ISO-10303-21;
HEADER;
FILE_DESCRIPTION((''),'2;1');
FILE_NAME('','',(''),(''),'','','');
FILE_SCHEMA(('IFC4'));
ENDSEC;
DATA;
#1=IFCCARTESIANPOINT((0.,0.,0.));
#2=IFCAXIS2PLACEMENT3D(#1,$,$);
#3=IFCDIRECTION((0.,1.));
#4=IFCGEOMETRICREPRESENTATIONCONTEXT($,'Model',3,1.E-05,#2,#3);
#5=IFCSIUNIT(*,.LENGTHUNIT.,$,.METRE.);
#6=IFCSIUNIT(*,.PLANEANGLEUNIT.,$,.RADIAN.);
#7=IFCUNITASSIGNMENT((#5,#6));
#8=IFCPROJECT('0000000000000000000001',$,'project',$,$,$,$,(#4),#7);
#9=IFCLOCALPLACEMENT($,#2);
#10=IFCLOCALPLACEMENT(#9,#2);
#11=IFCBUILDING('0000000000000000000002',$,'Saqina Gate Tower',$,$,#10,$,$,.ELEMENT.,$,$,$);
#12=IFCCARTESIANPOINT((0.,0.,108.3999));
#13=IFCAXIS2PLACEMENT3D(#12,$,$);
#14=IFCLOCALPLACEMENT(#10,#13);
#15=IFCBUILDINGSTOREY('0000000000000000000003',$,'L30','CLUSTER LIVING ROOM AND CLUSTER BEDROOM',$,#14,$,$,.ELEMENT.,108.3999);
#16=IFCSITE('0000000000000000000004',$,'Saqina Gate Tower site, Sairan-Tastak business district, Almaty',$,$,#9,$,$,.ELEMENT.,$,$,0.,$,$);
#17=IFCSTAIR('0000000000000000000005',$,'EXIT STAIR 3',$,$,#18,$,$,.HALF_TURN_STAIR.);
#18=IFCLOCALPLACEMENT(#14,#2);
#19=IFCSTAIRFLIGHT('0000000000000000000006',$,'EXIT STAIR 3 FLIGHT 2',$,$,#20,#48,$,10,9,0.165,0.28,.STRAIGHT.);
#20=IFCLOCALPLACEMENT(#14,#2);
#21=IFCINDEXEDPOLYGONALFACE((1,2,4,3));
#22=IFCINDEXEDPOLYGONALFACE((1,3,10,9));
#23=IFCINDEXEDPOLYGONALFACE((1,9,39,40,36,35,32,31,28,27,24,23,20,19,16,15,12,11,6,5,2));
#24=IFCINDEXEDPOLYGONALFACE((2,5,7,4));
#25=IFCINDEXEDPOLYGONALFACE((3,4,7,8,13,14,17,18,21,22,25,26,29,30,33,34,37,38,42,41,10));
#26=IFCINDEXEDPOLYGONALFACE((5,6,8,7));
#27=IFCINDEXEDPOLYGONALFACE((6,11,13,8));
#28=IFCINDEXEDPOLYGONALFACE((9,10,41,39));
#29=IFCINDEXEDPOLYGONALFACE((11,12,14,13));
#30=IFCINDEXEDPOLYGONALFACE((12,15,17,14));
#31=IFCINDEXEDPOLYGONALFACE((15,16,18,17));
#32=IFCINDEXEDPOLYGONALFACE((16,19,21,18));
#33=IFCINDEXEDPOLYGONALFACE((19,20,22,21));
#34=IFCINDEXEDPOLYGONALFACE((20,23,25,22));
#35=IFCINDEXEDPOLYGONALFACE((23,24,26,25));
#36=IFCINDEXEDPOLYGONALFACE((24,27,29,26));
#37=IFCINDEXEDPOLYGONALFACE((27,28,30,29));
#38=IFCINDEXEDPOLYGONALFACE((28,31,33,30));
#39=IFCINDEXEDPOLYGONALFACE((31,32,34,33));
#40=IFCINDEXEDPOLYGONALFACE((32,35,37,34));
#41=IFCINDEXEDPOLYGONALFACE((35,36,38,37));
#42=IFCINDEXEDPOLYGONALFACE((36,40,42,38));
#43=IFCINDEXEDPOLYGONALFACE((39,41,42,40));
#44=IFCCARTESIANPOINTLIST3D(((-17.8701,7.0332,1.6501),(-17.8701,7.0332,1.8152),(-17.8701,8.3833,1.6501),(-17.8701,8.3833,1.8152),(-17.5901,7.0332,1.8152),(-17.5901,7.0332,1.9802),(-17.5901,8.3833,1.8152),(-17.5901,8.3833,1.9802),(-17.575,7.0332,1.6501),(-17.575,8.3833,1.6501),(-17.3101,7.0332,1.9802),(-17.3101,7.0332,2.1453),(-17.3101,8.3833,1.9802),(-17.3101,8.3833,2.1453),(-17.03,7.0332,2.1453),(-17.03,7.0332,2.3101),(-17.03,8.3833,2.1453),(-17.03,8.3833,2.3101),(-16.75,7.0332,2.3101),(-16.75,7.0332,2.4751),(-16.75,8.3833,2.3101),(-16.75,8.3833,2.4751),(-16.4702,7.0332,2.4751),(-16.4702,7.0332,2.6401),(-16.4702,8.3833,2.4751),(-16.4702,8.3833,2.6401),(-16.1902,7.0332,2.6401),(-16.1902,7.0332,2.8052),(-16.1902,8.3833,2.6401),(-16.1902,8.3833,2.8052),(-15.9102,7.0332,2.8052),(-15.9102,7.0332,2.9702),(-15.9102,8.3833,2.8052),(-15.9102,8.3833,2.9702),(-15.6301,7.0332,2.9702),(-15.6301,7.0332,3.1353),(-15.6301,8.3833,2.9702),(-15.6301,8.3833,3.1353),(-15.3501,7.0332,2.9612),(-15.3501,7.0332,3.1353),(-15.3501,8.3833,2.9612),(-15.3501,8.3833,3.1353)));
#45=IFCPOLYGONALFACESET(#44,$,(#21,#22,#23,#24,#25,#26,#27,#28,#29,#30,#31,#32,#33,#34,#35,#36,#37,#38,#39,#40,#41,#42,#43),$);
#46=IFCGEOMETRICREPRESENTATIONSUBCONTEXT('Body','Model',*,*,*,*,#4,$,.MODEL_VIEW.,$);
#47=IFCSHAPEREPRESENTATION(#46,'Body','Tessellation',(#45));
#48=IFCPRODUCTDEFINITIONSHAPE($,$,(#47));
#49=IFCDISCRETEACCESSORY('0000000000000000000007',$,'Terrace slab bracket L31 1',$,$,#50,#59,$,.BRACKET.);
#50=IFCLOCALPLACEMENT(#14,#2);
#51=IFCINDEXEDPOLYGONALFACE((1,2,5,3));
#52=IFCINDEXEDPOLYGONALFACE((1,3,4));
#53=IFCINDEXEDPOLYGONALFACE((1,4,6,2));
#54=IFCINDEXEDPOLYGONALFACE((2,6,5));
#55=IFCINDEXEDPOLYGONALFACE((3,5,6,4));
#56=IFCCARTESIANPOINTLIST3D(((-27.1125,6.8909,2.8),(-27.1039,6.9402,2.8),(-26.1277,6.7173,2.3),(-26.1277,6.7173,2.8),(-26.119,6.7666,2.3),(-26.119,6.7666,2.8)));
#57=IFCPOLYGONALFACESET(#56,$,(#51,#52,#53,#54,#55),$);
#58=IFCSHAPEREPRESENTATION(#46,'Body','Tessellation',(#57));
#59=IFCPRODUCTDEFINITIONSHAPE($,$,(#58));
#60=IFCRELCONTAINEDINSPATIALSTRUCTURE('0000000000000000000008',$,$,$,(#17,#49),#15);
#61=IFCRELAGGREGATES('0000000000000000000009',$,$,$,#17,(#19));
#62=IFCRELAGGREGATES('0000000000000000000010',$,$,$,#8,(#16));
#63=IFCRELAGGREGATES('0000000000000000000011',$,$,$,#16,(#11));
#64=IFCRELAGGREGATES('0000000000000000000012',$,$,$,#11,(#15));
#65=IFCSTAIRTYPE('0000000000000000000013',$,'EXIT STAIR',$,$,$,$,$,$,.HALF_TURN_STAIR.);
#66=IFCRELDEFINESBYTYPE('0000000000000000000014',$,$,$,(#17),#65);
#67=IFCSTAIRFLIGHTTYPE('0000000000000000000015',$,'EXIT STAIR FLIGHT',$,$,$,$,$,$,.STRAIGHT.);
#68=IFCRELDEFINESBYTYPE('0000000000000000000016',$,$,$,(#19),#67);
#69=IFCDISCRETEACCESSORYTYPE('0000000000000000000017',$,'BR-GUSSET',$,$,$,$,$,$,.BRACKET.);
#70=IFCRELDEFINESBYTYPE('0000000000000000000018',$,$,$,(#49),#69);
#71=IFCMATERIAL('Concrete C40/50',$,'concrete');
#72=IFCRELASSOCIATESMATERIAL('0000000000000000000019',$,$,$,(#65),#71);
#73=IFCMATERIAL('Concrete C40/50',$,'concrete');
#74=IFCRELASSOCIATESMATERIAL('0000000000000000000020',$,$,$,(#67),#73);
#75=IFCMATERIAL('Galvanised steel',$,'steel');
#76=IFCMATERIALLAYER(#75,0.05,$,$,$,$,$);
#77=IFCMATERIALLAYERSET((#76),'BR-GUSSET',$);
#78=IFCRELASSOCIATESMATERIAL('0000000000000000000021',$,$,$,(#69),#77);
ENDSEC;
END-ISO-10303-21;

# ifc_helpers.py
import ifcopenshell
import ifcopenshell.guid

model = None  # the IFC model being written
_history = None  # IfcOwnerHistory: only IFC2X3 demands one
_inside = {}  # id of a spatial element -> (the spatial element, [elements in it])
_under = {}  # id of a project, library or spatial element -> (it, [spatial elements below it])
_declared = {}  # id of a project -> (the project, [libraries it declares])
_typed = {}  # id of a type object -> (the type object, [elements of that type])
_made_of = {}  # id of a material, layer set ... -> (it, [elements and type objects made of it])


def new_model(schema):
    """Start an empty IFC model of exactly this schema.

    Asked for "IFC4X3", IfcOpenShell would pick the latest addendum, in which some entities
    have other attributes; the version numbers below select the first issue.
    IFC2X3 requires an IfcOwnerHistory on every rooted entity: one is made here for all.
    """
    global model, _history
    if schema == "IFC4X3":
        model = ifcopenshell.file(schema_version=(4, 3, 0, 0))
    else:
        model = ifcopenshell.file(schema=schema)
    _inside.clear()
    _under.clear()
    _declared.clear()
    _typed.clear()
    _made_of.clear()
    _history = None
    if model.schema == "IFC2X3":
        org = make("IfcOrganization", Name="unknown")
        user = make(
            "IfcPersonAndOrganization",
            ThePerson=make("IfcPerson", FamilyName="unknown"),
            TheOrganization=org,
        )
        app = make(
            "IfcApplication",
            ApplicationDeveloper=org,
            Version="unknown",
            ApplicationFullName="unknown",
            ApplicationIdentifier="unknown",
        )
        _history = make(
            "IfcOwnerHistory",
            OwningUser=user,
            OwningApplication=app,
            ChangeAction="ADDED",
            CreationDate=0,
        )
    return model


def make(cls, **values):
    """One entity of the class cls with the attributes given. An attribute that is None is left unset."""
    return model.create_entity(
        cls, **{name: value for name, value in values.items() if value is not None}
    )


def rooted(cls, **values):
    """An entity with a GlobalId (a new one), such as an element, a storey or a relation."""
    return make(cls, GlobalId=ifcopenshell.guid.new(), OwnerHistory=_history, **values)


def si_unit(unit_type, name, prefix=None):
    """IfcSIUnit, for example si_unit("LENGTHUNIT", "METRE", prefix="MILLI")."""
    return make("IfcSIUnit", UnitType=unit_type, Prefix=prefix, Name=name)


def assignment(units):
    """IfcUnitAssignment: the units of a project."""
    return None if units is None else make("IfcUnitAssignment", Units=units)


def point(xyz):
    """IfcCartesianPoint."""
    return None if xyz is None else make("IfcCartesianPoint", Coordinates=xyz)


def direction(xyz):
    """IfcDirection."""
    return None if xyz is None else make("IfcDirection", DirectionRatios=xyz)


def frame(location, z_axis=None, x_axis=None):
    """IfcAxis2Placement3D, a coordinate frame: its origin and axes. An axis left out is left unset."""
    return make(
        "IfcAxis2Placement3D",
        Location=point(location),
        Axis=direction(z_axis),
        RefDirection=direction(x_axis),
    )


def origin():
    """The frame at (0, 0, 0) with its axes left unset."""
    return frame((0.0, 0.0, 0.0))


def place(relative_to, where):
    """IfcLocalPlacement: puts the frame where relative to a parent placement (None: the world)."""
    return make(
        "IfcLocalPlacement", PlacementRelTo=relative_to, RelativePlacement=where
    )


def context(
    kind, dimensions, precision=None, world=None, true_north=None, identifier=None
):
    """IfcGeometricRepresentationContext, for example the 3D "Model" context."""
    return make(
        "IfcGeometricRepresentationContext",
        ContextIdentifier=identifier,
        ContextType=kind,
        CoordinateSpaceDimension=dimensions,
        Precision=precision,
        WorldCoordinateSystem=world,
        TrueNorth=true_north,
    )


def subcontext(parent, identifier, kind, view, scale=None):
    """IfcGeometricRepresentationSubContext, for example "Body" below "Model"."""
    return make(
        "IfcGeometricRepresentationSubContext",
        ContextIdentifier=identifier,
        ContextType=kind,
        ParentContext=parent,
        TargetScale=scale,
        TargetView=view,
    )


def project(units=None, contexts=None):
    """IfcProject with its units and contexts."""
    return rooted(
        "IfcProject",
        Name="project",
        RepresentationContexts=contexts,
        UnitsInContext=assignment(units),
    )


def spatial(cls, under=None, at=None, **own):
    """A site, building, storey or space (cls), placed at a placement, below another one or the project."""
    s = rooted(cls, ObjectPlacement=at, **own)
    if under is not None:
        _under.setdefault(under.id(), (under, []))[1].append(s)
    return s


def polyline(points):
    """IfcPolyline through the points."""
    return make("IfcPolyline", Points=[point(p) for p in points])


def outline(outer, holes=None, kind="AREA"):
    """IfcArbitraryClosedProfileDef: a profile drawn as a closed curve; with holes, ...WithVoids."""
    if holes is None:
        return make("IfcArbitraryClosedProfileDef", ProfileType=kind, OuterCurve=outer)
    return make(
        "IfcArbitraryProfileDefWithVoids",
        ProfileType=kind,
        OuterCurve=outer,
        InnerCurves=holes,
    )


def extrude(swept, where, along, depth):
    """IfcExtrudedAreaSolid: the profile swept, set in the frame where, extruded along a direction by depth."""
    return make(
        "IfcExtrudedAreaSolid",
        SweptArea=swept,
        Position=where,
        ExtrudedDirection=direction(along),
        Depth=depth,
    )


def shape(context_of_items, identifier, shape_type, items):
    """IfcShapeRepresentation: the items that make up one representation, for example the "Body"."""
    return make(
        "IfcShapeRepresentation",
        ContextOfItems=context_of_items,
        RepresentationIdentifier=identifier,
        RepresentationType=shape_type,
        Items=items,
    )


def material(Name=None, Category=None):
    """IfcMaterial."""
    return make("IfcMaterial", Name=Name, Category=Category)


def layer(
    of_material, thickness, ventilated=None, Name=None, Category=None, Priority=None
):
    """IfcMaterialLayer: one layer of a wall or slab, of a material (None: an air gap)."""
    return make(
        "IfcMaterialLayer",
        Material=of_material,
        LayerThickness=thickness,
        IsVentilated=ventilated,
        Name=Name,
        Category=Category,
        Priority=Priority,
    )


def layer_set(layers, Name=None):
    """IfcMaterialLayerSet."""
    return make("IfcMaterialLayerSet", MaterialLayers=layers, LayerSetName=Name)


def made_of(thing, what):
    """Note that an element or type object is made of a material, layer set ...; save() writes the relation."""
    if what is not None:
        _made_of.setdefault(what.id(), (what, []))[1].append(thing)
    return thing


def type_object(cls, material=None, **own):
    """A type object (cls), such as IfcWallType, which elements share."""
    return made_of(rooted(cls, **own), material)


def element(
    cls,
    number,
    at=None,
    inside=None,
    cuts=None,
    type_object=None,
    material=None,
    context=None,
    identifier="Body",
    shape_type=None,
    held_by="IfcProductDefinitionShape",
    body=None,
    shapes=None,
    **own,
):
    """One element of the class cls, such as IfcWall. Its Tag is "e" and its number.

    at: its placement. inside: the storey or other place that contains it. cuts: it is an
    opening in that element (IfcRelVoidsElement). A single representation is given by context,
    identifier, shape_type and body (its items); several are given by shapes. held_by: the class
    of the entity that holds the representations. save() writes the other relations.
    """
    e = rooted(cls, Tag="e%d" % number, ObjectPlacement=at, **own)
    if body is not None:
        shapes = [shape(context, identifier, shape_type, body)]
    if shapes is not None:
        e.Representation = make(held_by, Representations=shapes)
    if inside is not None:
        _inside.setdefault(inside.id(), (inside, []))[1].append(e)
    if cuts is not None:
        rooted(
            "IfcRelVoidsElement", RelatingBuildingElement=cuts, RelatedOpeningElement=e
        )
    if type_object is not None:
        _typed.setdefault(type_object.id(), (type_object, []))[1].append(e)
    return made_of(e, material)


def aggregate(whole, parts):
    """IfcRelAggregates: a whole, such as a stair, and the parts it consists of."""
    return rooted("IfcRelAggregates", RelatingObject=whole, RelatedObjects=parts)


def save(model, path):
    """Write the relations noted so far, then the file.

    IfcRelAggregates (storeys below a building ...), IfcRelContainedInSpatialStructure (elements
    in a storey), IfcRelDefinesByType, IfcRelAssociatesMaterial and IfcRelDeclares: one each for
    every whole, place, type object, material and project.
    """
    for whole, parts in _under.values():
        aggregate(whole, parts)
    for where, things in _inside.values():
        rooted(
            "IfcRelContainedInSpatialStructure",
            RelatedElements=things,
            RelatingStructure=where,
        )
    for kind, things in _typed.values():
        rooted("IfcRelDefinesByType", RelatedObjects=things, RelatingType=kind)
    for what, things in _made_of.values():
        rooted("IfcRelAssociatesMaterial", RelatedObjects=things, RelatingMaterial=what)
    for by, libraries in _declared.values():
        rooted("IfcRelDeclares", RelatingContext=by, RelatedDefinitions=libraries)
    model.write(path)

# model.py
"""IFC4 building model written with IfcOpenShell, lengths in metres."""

from ifc_helpers import new_model, si_unit, direction, frame, origin, place, context, subcontext, project, spatial, polyline, outline, extrude, material, layer, layer_set, type_object, element, aggregate, save


model = new_model("IFC4")

# Units and contexts
model_context = context("Model", 3, precision=1e-05, world=origin(), true_north=direction((0.0, 1.0)))
body_context = subcontext(model_context, "Body", "Model", "MODEL_VIEW")
ifc_project = project(units=[si_unit("LENGTHUNIT", "METRE"), si_unit("PLANEANGLEUNIT", "RADIAN")], contexts=[model_context])

# Site, building, storey
site_placement = place(None, origin())
site = spatial("IfcSite", under=ifc_project, at=site_placement, Name="Saqina Gate Tower site, Sairan-Tastak business district, Almaty", CompositionType="ELEMENT", RefElevation=0.0)
building_placement = place(site_placement, origin())
building = spatial("IfcBuilding", under=site, at=building_placement, Name="Saqina Gate Tower", CompositionType="ELEMENT")
storey_placement = place(building_placement, frame((0.0, 0.0, 108.3999)))
storey = spatial("IfcBuildingStorey", under=building, at=storey_placement, Name="L30", Description="CLUSTER LIVING ROOM AND CLUSTER BEDROOM", CompositionType="ELEMENT", Elevation=108.3999)

# Stair, stair flight
ifc_material_1 = material(Name="Concrete C40/50", Category="concrete")
stair_type = type_object("IfcStairType", Name="EXIT STAIR", PredefinedType="HALF_TURN_STAIR", material=ifc_material_1)
stair_placement = place(storey_placement, origin())
stair = element("IfcStair", 1, at=stair_placement, inside=storey, type_object=stair_type, Name="EXIT STAIR 3", PredefinedType="HALF_TURN_STAIR")
ifc_material_2 = material(Name="Concrete C40/50", Category="concrete")
stair_flight_type = type_object("IfcStairFlightType", Name="EXIT STAIR FLIGHT", PredefinedType="STRAIGHT", material=ifc_material_2)
stair_flight_1_placement = place(storey_placement, frame((-17.8701, 7.7083, 1.6501), z_axis=(0.0, 0.0, 1.0), x_axis=(1.0, 0.0, 0.0)))
stair_flight_1 = element("IfcStairFlight", 2, at=stair_flight_1_placement, type_object=stair_flight_type, Name="EXIT STAIR 3 FLIGHT 2", NumberOfRisers=10, NumberOfTreads=9, PredefinedType="STRAIGHT", RiserHeight=0.165, TreadLength=0.28, context=body_context, shape_type="SweptSolid", body=[
    extrude(outline(polyline([(0.0, 0.0), (0.0, 0.165), (0.28, 0.165), (0.28, 0.3301), (0.5601, 0.3301), (0.5601, 0.4951), (0.8401, 0.4951), (0.8401, 0.6599), (1.1201, 0.6599), (1.1201, 0.825), (1.3999, 0.825), (1.3999, 0.99), (1.6799, 0.99), (1.6799, 1.155), (1.96, 1.155), (1.96, 1.3201), (2.24, 1.3201), (2.24, 1.4851), (2.52, 1.4851), (2.52, 1.6499), (2.52, 1.311), (0.2952, 0.0), (0.0, 0.0)])), frame((0.0, 0.675, 0.0), z_axis=(0.0, -1.0, 0.0), x_axis=(1.0, 0.0, 0.0)), (0.0, 0.0, 1.0), 1.3501),
])
aggregate(stair, [stair_flight_1])

# Discrete accessory
ifc_material_3 = material(Name="Galvanised steel", Category="steel")
ifc_layer_1 = layer(ifc_material_3, 0.05)
ifc_layer_set_1 = layer_set([ifc_layer_1], Name="BR-GUSSET")
discrete_accessory_type = type_object("IfcDiscreteAccessoryType", Name="BR-GUSSET", PredefinedType="BRACKET", material=ifc_layer_set_1)
discrete_accessory_placement = place(storey_placement, frame((-26.1277, 6.7173, 2.3), z_axis=(-0.173576, -0.98482, 0.0), x_axis=(0.0, 0.0, 1.0)))
element("IfcDiscreteAccessory", 3, at=discrete_accessory_placement, inside=storey, type_object=discrete_accessory_type, Name="Terrace slab bracket L31 1", PredefinedType="BRACKET", context=body_context, shape_type="SweptSolid", body=[
    extrude(outline(polyline([(0.0, 0.0), (0.5, 0.0), (0.5, 1.0), (0.0, 0.0)])), origin(), (0.0, 0.0, -1.0), 0.05),
])

save(model, "model.ifc")
